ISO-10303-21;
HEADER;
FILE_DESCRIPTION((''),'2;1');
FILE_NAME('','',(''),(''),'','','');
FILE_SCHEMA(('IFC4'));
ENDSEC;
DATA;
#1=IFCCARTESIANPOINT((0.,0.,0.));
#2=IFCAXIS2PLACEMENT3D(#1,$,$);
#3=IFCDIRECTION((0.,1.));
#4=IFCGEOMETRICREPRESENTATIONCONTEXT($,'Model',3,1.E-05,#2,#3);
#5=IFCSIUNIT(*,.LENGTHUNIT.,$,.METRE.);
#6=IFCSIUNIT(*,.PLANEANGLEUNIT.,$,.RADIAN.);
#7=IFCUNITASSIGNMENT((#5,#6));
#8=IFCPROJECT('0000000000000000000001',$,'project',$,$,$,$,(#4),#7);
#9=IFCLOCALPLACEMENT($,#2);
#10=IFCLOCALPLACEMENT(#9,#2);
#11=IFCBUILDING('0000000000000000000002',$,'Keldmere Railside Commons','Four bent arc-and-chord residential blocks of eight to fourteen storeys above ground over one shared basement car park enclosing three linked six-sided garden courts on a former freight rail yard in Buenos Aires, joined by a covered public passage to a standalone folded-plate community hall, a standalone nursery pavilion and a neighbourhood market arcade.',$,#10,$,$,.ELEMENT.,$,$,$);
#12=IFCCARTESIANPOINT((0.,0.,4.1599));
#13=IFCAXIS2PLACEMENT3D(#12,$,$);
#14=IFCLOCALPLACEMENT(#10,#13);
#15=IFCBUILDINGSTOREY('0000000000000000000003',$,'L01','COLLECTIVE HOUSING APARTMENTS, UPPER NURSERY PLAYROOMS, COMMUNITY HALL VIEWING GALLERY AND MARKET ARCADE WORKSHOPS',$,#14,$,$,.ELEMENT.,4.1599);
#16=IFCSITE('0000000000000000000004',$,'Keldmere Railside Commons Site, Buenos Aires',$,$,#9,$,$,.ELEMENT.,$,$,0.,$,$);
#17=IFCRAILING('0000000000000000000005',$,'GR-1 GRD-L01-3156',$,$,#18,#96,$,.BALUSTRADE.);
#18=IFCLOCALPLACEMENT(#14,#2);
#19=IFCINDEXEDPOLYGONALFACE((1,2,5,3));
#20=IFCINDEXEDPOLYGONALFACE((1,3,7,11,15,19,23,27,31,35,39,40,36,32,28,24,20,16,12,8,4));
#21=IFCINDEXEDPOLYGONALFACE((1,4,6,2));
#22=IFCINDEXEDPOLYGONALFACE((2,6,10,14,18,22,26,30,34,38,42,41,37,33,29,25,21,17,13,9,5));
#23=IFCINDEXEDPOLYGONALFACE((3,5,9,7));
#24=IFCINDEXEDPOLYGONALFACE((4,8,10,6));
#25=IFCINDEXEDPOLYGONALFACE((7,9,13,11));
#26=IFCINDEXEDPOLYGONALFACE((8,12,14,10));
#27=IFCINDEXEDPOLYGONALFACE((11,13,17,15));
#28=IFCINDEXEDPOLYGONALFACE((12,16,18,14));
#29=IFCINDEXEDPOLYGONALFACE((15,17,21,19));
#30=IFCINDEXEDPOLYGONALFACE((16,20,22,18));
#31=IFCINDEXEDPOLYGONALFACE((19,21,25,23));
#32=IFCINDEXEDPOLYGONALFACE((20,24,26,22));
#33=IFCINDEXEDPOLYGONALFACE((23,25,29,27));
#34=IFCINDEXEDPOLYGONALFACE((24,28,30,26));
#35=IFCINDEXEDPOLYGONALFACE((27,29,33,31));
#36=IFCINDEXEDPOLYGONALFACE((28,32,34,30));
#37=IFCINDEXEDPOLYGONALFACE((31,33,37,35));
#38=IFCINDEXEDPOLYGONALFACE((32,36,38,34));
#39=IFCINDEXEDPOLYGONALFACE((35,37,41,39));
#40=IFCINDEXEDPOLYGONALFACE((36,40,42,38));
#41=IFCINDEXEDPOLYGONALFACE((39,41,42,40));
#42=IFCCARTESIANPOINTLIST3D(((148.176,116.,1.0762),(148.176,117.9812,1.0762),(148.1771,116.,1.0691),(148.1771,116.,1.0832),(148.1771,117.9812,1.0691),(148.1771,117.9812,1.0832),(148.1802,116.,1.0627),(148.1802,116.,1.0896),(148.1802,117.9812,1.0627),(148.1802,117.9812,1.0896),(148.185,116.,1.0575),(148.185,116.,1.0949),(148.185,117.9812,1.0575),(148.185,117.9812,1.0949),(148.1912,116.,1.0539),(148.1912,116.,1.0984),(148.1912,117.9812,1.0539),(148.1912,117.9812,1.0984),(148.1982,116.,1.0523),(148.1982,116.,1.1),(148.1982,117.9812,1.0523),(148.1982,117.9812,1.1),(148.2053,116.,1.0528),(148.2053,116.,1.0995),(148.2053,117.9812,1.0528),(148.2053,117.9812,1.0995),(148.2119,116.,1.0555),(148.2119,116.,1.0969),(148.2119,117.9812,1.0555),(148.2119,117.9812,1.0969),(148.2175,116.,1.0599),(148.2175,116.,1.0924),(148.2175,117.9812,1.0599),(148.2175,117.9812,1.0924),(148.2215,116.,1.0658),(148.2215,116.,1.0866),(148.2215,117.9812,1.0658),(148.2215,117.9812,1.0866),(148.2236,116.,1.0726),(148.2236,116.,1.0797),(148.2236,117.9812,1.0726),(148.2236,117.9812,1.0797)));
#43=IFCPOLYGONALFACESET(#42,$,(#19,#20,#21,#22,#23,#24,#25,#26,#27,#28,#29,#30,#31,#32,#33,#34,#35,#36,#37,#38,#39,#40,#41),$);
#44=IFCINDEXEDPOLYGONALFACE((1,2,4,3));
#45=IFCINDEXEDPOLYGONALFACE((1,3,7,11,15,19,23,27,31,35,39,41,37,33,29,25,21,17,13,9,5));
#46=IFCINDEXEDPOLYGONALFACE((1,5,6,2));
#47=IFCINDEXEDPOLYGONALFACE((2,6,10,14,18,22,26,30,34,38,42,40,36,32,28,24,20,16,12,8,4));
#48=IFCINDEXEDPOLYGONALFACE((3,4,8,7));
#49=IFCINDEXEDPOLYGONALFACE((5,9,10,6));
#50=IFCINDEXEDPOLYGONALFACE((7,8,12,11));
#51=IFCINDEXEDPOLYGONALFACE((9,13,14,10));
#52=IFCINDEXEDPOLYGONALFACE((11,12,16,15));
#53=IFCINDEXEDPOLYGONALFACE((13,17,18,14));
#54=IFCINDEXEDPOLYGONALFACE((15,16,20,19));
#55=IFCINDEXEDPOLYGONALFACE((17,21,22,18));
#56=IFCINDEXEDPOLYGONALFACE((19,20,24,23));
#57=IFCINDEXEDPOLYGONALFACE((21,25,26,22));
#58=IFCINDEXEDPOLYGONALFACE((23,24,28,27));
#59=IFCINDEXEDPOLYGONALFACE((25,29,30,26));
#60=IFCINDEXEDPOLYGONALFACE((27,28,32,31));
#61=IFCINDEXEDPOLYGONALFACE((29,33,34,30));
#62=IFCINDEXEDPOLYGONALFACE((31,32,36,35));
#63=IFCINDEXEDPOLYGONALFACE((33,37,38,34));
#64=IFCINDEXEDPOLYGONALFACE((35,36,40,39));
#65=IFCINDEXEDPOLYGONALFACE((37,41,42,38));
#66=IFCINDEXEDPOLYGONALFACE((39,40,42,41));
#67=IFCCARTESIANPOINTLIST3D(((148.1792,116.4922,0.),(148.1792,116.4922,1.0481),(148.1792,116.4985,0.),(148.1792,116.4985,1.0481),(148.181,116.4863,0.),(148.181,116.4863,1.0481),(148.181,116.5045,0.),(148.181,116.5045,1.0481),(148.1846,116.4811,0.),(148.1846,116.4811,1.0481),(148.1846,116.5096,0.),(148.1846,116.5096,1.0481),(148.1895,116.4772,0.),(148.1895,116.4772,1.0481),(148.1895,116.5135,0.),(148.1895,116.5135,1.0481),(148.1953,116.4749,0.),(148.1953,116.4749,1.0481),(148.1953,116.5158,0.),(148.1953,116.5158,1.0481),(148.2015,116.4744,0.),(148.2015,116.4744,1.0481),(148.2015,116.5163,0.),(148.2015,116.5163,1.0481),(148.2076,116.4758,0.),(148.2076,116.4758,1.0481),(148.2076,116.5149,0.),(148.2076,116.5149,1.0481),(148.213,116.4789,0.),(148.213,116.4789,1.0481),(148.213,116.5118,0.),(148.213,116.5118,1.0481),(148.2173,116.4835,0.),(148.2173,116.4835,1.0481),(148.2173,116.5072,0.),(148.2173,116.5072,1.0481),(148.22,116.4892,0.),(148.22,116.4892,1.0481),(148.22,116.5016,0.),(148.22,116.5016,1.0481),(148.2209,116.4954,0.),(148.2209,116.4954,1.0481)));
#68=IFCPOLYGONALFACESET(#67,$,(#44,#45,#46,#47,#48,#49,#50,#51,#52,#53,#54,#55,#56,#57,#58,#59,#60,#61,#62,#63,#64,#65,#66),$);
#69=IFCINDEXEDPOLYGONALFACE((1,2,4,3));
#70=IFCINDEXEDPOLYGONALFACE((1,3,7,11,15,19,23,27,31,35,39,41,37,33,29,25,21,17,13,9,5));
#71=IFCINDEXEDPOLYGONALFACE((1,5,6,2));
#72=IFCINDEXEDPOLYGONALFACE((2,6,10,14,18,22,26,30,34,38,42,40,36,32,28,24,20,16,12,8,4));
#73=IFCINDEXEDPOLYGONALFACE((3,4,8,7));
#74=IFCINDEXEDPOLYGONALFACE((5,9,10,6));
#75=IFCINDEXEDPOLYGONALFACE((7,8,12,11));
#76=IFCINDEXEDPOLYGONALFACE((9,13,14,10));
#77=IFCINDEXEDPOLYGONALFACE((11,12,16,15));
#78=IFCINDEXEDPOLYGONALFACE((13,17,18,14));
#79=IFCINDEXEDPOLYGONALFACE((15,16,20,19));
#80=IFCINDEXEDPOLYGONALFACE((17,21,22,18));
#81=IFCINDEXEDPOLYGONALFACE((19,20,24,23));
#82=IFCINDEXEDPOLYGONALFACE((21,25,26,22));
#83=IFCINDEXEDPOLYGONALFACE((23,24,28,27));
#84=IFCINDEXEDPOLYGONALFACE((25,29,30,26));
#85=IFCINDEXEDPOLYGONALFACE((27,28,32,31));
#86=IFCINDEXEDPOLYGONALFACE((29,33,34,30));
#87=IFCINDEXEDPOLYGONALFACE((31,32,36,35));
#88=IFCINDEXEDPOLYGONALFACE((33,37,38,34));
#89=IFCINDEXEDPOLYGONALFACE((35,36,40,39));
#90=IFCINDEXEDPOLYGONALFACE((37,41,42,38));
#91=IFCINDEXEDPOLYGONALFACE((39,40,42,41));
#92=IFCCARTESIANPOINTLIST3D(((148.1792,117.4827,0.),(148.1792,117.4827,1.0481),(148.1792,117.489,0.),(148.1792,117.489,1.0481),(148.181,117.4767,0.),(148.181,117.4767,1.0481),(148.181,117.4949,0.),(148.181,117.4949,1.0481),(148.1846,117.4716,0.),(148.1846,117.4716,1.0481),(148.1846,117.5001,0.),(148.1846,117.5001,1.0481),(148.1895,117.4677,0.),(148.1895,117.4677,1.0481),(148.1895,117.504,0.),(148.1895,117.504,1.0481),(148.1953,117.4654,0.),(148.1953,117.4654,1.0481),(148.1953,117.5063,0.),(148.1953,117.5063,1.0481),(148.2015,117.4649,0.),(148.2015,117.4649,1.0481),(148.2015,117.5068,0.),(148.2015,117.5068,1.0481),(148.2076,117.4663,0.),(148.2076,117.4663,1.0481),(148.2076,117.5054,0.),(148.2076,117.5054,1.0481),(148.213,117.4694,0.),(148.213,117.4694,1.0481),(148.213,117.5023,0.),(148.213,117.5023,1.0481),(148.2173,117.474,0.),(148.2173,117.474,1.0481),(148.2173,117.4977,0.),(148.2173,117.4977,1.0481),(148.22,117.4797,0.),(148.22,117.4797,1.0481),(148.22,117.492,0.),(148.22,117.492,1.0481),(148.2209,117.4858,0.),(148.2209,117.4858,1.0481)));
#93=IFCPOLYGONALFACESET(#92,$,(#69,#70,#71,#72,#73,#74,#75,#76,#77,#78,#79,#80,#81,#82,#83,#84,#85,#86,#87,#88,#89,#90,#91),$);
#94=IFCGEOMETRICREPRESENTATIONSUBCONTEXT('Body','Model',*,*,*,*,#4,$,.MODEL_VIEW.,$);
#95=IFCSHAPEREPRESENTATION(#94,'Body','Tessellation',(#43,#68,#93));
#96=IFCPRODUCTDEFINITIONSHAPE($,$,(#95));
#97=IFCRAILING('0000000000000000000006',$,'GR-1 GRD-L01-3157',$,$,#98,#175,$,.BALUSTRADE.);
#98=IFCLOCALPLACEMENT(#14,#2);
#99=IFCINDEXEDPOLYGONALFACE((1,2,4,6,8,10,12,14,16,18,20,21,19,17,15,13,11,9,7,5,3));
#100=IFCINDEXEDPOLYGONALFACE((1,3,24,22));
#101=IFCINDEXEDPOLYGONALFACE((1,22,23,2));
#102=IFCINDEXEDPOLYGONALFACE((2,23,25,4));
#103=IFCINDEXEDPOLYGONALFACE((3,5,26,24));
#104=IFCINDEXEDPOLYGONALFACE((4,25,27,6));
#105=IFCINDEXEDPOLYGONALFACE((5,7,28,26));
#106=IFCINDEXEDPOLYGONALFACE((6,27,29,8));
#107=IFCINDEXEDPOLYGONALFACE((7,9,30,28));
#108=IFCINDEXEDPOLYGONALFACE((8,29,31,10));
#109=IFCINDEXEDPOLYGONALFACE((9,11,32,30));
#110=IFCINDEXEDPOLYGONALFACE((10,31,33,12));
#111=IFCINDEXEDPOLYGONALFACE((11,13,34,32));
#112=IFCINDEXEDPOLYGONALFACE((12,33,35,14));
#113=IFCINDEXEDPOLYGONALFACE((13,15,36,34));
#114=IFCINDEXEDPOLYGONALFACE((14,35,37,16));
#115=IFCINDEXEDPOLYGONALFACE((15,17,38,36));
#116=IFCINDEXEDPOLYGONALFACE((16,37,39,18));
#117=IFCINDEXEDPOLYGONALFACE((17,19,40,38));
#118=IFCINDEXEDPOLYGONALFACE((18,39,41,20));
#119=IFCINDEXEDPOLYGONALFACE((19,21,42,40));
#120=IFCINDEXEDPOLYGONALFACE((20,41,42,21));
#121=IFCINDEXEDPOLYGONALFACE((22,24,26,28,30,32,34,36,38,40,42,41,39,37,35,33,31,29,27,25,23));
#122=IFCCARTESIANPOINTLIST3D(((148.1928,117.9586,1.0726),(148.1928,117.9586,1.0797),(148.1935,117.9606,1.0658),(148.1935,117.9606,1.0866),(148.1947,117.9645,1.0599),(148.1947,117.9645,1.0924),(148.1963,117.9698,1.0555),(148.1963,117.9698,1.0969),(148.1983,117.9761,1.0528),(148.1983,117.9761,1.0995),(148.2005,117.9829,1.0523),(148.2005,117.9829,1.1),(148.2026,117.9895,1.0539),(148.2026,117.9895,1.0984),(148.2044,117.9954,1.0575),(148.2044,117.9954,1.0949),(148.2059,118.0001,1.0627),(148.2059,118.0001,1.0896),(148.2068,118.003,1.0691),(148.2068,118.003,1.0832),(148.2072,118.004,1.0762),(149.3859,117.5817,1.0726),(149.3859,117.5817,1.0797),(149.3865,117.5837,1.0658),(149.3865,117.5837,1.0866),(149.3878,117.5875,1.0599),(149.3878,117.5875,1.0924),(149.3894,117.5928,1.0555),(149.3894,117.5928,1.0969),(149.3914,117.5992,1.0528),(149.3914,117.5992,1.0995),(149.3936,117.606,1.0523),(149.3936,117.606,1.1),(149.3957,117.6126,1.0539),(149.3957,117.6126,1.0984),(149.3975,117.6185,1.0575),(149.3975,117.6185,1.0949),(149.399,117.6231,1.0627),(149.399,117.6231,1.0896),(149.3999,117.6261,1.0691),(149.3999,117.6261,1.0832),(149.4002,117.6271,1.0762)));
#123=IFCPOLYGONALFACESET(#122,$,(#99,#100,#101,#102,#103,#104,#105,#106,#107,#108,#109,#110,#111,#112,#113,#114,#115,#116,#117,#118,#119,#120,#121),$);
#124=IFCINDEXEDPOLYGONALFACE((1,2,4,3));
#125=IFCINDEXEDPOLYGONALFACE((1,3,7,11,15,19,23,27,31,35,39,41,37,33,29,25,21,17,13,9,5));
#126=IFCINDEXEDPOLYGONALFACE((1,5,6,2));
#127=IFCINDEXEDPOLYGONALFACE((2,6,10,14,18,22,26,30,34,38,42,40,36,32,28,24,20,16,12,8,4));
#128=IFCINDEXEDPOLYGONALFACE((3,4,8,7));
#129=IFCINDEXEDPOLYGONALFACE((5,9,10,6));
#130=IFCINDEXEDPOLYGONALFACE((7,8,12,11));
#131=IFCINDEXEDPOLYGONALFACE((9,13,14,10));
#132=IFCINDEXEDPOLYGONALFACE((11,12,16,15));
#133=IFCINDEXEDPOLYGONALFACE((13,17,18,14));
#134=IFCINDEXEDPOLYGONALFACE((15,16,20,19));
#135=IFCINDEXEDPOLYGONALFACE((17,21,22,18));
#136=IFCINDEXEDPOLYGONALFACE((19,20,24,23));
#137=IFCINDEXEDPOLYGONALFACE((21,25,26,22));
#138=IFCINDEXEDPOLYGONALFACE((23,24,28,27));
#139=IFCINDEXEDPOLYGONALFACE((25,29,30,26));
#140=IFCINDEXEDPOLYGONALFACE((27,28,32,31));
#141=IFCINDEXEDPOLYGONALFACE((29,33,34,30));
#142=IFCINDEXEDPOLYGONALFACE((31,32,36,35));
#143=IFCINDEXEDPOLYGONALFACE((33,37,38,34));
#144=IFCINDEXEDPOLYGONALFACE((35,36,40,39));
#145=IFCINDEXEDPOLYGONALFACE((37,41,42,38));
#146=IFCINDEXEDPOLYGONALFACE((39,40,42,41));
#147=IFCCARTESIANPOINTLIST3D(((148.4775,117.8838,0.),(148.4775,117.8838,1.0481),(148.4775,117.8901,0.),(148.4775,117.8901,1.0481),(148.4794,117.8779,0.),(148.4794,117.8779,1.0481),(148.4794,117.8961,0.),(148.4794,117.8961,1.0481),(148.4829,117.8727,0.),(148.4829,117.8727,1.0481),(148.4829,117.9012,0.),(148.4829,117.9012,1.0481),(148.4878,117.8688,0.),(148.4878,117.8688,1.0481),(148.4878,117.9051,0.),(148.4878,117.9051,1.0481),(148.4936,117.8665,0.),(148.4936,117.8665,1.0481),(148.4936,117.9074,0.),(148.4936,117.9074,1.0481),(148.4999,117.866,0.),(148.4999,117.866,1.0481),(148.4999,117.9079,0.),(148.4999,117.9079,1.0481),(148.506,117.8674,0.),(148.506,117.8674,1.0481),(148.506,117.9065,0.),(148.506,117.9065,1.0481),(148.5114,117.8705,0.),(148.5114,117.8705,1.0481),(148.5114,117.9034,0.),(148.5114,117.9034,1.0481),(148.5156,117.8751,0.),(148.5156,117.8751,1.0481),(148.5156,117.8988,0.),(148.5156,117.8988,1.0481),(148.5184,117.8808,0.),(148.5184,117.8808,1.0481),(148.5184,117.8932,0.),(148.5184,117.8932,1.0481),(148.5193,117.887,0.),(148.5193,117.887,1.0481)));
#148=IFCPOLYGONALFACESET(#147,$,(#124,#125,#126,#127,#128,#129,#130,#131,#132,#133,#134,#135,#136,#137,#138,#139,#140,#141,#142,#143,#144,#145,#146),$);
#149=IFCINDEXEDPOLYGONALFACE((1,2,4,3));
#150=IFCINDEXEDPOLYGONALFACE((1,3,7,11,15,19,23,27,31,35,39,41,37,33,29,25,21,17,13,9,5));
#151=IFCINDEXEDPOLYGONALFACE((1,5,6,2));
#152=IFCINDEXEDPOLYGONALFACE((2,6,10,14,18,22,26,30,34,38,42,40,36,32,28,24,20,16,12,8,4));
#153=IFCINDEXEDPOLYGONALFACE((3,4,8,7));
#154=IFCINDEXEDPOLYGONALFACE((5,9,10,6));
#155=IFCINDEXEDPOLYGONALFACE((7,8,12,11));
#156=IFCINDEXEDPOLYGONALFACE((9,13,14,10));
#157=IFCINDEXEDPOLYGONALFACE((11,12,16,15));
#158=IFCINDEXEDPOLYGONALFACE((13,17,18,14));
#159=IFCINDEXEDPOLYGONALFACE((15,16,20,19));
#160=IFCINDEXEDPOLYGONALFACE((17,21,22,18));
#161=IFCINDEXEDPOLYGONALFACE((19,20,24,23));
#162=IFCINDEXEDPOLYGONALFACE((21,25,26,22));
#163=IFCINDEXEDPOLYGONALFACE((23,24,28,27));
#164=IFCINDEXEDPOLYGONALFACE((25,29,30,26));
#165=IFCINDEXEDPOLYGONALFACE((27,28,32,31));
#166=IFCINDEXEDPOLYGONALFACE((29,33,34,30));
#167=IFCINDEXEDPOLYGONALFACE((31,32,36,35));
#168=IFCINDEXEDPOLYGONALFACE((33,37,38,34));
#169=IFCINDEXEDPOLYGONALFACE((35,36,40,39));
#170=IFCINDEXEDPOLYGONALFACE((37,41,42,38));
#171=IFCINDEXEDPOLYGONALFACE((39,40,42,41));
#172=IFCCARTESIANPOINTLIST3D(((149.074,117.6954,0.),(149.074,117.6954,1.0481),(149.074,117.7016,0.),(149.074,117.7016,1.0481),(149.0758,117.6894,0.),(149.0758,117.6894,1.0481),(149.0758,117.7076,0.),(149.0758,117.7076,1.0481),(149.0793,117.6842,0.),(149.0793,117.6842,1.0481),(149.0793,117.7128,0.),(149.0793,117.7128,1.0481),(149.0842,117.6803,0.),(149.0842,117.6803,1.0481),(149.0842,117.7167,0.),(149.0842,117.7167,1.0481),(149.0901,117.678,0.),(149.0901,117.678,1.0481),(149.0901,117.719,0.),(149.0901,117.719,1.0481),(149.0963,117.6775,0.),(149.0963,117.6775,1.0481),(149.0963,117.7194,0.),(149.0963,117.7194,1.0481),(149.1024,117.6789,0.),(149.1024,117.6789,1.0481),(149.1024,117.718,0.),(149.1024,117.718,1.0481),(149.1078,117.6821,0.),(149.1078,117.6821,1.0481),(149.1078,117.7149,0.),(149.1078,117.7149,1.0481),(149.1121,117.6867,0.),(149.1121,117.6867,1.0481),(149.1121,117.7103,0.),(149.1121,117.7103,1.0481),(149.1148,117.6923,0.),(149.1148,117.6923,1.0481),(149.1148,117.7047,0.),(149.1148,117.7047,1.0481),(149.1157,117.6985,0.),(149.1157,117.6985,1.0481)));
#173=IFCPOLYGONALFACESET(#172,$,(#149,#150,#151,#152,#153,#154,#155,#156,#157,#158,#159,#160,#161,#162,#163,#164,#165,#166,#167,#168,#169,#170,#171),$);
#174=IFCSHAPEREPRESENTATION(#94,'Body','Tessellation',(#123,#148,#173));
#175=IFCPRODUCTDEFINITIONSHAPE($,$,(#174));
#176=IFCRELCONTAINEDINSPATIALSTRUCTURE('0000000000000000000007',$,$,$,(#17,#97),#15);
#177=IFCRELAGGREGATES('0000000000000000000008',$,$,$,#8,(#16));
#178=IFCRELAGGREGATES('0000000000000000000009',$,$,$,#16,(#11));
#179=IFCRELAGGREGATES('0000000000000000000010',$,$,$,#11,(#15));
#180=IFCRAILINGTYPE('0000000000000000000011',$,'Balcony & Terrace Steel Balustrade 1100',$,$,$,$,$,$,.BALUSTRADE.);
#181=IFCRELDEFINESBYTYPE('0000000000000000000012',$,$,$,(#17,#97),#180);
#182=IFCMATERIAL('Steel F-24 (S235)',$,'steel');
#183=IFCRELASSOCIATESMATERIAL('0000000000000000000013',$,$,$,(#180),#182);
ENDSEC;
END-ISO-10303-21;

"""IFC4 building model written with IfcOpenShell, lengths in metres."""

from ifc_helpers import new_model, si_unit, direction, frame, origin, origin_2d, place, context, subcontext, project, spatial, circle, extrude, material, type_object, element, save


model = new_model("IFC4")

# Units and contexts
model_context = context("Model", 3, precision=1e-05, world=origin(), true_north=direction((0.0, 1.0)))
body_context = subcontext(model_context, "Body", "Model", "MODEL_VIEW")
ifc_project = project(units=[si_unit("LENGTHUNIT", "METRE"), si_unit("PLANEANGLEUNIT", "RADIAN")], contexts=[model_context])

# Site, building, storey
site_placement = place(None, origin())
site = spatial("IfcSite", under=ifc_project, at=site_placement, Name="Keldmere Railside Commons Site, Buenos Aires", CompositionType="ELEMENT", RefElevation=0.0)
building_placement = place(site_placement, origin())
building = spatial("IfcBuilding", under=site, at=building_placement, Name="Keldmere Railside Commons", Description="Four bent arc-and-chord residential blocks of eight to fourteen storeys above ground over one shared basement car park enclosing three linked six-sided garden courts on a former freight rail yard in Buenos Aires, joined by a covered public passage to a standalone folded-plate community hall, a standalone nursery pavilion and a neighbourhood market arcade.", CompositionType="ELEMENT")
storey_placement = place(building_placement, frame((0.0, 0.0, 4.1599)))
storey = spatial("IfcBuildingStorey", under=building, at=storey_placement, Name="L01", Description="COLLECTIVE HOUSING APARTMENTS, UPPER NURSERY PLAYROOMS, COMMUNITY HALL VIEWING GALLERY AND MARKET ARCADE WORKSHOPS", CompositionType="ELEMENT", Elevation=4.1599)

# Railings
ifc_material_1 = material(Name="Steel F-24 (S235)", Category="steel")
railing_type = type_object("IfcRailingType", Name="Balcony & Terrace Steel Balustrade 1100", PredefinedType="BALUSTRADE", material=ifc_material_1)
railing_1_placement = place(storey_placement, frame((148.2, 116.0, 0.0)))
element("IfcRailing", 1, at=railing_1_placement, inside=storey, type_object=railing_type, Name="GR-1 GRD-L01-3156", PredefinedType="BALUSTRADE", context=body_context, shape_type="SweptSolid", body=[
    extrude(circle(Radius=0.0239, at=origin_2d()), frame((0.0, 0.0, 1.0762), z_axis=(0.0, 1.0, 0.0), x_axis=(-1.0, 0.0, 0.0)), (0.0, 0.0, 1.0), 1.9812),
    extrude(circle(Radius=0.021, at=origin_2d()), frame((0.0, 0.4954, 0.0)), (0.0, 0.0, 1.0), 1.0481),
    extrude(circle(Radius=0.021, at=origin_2d()), frame((0.0, 1.4858, 0.0)), (0.0, 0.0, 1.0), 1.0481),
])
railing_2_placement = place(storey_placement, frame((148.2, 117.9812, 0.0)))
element("IfcRailing", 2, at=railing_2_placement, inside=storey, type_object=railing_type, Name="GR-1 GRD-L01-3157", PredefinedType="BALUSTRADE", context=body_context, shape_type="SweptSolid", body=[
    extrude(circle(Radius=0.0239, at=origin_2d()), frame((0.0, 0.0, 1.0762), z_axis=(0.953541, -0.301262, 0.0), x_axis=(0.301262, 0.953541, 0.0)), (0.0, 0.0, 1.0), 1.2512),
    extrude(circle(Radius=0.021, at=origin_2d()), frame((0.2983, -0.0942, 0.0)), (0.0, 0.0, 1.0), 1.0481),
    extrude(circle(Radius=0.021, at=origin_2d()), frame((0.8948, -0.2827, 0.0)), (0.0, 0.0, 1.0), 1.0481),
])

save(model, "model.ifc")
